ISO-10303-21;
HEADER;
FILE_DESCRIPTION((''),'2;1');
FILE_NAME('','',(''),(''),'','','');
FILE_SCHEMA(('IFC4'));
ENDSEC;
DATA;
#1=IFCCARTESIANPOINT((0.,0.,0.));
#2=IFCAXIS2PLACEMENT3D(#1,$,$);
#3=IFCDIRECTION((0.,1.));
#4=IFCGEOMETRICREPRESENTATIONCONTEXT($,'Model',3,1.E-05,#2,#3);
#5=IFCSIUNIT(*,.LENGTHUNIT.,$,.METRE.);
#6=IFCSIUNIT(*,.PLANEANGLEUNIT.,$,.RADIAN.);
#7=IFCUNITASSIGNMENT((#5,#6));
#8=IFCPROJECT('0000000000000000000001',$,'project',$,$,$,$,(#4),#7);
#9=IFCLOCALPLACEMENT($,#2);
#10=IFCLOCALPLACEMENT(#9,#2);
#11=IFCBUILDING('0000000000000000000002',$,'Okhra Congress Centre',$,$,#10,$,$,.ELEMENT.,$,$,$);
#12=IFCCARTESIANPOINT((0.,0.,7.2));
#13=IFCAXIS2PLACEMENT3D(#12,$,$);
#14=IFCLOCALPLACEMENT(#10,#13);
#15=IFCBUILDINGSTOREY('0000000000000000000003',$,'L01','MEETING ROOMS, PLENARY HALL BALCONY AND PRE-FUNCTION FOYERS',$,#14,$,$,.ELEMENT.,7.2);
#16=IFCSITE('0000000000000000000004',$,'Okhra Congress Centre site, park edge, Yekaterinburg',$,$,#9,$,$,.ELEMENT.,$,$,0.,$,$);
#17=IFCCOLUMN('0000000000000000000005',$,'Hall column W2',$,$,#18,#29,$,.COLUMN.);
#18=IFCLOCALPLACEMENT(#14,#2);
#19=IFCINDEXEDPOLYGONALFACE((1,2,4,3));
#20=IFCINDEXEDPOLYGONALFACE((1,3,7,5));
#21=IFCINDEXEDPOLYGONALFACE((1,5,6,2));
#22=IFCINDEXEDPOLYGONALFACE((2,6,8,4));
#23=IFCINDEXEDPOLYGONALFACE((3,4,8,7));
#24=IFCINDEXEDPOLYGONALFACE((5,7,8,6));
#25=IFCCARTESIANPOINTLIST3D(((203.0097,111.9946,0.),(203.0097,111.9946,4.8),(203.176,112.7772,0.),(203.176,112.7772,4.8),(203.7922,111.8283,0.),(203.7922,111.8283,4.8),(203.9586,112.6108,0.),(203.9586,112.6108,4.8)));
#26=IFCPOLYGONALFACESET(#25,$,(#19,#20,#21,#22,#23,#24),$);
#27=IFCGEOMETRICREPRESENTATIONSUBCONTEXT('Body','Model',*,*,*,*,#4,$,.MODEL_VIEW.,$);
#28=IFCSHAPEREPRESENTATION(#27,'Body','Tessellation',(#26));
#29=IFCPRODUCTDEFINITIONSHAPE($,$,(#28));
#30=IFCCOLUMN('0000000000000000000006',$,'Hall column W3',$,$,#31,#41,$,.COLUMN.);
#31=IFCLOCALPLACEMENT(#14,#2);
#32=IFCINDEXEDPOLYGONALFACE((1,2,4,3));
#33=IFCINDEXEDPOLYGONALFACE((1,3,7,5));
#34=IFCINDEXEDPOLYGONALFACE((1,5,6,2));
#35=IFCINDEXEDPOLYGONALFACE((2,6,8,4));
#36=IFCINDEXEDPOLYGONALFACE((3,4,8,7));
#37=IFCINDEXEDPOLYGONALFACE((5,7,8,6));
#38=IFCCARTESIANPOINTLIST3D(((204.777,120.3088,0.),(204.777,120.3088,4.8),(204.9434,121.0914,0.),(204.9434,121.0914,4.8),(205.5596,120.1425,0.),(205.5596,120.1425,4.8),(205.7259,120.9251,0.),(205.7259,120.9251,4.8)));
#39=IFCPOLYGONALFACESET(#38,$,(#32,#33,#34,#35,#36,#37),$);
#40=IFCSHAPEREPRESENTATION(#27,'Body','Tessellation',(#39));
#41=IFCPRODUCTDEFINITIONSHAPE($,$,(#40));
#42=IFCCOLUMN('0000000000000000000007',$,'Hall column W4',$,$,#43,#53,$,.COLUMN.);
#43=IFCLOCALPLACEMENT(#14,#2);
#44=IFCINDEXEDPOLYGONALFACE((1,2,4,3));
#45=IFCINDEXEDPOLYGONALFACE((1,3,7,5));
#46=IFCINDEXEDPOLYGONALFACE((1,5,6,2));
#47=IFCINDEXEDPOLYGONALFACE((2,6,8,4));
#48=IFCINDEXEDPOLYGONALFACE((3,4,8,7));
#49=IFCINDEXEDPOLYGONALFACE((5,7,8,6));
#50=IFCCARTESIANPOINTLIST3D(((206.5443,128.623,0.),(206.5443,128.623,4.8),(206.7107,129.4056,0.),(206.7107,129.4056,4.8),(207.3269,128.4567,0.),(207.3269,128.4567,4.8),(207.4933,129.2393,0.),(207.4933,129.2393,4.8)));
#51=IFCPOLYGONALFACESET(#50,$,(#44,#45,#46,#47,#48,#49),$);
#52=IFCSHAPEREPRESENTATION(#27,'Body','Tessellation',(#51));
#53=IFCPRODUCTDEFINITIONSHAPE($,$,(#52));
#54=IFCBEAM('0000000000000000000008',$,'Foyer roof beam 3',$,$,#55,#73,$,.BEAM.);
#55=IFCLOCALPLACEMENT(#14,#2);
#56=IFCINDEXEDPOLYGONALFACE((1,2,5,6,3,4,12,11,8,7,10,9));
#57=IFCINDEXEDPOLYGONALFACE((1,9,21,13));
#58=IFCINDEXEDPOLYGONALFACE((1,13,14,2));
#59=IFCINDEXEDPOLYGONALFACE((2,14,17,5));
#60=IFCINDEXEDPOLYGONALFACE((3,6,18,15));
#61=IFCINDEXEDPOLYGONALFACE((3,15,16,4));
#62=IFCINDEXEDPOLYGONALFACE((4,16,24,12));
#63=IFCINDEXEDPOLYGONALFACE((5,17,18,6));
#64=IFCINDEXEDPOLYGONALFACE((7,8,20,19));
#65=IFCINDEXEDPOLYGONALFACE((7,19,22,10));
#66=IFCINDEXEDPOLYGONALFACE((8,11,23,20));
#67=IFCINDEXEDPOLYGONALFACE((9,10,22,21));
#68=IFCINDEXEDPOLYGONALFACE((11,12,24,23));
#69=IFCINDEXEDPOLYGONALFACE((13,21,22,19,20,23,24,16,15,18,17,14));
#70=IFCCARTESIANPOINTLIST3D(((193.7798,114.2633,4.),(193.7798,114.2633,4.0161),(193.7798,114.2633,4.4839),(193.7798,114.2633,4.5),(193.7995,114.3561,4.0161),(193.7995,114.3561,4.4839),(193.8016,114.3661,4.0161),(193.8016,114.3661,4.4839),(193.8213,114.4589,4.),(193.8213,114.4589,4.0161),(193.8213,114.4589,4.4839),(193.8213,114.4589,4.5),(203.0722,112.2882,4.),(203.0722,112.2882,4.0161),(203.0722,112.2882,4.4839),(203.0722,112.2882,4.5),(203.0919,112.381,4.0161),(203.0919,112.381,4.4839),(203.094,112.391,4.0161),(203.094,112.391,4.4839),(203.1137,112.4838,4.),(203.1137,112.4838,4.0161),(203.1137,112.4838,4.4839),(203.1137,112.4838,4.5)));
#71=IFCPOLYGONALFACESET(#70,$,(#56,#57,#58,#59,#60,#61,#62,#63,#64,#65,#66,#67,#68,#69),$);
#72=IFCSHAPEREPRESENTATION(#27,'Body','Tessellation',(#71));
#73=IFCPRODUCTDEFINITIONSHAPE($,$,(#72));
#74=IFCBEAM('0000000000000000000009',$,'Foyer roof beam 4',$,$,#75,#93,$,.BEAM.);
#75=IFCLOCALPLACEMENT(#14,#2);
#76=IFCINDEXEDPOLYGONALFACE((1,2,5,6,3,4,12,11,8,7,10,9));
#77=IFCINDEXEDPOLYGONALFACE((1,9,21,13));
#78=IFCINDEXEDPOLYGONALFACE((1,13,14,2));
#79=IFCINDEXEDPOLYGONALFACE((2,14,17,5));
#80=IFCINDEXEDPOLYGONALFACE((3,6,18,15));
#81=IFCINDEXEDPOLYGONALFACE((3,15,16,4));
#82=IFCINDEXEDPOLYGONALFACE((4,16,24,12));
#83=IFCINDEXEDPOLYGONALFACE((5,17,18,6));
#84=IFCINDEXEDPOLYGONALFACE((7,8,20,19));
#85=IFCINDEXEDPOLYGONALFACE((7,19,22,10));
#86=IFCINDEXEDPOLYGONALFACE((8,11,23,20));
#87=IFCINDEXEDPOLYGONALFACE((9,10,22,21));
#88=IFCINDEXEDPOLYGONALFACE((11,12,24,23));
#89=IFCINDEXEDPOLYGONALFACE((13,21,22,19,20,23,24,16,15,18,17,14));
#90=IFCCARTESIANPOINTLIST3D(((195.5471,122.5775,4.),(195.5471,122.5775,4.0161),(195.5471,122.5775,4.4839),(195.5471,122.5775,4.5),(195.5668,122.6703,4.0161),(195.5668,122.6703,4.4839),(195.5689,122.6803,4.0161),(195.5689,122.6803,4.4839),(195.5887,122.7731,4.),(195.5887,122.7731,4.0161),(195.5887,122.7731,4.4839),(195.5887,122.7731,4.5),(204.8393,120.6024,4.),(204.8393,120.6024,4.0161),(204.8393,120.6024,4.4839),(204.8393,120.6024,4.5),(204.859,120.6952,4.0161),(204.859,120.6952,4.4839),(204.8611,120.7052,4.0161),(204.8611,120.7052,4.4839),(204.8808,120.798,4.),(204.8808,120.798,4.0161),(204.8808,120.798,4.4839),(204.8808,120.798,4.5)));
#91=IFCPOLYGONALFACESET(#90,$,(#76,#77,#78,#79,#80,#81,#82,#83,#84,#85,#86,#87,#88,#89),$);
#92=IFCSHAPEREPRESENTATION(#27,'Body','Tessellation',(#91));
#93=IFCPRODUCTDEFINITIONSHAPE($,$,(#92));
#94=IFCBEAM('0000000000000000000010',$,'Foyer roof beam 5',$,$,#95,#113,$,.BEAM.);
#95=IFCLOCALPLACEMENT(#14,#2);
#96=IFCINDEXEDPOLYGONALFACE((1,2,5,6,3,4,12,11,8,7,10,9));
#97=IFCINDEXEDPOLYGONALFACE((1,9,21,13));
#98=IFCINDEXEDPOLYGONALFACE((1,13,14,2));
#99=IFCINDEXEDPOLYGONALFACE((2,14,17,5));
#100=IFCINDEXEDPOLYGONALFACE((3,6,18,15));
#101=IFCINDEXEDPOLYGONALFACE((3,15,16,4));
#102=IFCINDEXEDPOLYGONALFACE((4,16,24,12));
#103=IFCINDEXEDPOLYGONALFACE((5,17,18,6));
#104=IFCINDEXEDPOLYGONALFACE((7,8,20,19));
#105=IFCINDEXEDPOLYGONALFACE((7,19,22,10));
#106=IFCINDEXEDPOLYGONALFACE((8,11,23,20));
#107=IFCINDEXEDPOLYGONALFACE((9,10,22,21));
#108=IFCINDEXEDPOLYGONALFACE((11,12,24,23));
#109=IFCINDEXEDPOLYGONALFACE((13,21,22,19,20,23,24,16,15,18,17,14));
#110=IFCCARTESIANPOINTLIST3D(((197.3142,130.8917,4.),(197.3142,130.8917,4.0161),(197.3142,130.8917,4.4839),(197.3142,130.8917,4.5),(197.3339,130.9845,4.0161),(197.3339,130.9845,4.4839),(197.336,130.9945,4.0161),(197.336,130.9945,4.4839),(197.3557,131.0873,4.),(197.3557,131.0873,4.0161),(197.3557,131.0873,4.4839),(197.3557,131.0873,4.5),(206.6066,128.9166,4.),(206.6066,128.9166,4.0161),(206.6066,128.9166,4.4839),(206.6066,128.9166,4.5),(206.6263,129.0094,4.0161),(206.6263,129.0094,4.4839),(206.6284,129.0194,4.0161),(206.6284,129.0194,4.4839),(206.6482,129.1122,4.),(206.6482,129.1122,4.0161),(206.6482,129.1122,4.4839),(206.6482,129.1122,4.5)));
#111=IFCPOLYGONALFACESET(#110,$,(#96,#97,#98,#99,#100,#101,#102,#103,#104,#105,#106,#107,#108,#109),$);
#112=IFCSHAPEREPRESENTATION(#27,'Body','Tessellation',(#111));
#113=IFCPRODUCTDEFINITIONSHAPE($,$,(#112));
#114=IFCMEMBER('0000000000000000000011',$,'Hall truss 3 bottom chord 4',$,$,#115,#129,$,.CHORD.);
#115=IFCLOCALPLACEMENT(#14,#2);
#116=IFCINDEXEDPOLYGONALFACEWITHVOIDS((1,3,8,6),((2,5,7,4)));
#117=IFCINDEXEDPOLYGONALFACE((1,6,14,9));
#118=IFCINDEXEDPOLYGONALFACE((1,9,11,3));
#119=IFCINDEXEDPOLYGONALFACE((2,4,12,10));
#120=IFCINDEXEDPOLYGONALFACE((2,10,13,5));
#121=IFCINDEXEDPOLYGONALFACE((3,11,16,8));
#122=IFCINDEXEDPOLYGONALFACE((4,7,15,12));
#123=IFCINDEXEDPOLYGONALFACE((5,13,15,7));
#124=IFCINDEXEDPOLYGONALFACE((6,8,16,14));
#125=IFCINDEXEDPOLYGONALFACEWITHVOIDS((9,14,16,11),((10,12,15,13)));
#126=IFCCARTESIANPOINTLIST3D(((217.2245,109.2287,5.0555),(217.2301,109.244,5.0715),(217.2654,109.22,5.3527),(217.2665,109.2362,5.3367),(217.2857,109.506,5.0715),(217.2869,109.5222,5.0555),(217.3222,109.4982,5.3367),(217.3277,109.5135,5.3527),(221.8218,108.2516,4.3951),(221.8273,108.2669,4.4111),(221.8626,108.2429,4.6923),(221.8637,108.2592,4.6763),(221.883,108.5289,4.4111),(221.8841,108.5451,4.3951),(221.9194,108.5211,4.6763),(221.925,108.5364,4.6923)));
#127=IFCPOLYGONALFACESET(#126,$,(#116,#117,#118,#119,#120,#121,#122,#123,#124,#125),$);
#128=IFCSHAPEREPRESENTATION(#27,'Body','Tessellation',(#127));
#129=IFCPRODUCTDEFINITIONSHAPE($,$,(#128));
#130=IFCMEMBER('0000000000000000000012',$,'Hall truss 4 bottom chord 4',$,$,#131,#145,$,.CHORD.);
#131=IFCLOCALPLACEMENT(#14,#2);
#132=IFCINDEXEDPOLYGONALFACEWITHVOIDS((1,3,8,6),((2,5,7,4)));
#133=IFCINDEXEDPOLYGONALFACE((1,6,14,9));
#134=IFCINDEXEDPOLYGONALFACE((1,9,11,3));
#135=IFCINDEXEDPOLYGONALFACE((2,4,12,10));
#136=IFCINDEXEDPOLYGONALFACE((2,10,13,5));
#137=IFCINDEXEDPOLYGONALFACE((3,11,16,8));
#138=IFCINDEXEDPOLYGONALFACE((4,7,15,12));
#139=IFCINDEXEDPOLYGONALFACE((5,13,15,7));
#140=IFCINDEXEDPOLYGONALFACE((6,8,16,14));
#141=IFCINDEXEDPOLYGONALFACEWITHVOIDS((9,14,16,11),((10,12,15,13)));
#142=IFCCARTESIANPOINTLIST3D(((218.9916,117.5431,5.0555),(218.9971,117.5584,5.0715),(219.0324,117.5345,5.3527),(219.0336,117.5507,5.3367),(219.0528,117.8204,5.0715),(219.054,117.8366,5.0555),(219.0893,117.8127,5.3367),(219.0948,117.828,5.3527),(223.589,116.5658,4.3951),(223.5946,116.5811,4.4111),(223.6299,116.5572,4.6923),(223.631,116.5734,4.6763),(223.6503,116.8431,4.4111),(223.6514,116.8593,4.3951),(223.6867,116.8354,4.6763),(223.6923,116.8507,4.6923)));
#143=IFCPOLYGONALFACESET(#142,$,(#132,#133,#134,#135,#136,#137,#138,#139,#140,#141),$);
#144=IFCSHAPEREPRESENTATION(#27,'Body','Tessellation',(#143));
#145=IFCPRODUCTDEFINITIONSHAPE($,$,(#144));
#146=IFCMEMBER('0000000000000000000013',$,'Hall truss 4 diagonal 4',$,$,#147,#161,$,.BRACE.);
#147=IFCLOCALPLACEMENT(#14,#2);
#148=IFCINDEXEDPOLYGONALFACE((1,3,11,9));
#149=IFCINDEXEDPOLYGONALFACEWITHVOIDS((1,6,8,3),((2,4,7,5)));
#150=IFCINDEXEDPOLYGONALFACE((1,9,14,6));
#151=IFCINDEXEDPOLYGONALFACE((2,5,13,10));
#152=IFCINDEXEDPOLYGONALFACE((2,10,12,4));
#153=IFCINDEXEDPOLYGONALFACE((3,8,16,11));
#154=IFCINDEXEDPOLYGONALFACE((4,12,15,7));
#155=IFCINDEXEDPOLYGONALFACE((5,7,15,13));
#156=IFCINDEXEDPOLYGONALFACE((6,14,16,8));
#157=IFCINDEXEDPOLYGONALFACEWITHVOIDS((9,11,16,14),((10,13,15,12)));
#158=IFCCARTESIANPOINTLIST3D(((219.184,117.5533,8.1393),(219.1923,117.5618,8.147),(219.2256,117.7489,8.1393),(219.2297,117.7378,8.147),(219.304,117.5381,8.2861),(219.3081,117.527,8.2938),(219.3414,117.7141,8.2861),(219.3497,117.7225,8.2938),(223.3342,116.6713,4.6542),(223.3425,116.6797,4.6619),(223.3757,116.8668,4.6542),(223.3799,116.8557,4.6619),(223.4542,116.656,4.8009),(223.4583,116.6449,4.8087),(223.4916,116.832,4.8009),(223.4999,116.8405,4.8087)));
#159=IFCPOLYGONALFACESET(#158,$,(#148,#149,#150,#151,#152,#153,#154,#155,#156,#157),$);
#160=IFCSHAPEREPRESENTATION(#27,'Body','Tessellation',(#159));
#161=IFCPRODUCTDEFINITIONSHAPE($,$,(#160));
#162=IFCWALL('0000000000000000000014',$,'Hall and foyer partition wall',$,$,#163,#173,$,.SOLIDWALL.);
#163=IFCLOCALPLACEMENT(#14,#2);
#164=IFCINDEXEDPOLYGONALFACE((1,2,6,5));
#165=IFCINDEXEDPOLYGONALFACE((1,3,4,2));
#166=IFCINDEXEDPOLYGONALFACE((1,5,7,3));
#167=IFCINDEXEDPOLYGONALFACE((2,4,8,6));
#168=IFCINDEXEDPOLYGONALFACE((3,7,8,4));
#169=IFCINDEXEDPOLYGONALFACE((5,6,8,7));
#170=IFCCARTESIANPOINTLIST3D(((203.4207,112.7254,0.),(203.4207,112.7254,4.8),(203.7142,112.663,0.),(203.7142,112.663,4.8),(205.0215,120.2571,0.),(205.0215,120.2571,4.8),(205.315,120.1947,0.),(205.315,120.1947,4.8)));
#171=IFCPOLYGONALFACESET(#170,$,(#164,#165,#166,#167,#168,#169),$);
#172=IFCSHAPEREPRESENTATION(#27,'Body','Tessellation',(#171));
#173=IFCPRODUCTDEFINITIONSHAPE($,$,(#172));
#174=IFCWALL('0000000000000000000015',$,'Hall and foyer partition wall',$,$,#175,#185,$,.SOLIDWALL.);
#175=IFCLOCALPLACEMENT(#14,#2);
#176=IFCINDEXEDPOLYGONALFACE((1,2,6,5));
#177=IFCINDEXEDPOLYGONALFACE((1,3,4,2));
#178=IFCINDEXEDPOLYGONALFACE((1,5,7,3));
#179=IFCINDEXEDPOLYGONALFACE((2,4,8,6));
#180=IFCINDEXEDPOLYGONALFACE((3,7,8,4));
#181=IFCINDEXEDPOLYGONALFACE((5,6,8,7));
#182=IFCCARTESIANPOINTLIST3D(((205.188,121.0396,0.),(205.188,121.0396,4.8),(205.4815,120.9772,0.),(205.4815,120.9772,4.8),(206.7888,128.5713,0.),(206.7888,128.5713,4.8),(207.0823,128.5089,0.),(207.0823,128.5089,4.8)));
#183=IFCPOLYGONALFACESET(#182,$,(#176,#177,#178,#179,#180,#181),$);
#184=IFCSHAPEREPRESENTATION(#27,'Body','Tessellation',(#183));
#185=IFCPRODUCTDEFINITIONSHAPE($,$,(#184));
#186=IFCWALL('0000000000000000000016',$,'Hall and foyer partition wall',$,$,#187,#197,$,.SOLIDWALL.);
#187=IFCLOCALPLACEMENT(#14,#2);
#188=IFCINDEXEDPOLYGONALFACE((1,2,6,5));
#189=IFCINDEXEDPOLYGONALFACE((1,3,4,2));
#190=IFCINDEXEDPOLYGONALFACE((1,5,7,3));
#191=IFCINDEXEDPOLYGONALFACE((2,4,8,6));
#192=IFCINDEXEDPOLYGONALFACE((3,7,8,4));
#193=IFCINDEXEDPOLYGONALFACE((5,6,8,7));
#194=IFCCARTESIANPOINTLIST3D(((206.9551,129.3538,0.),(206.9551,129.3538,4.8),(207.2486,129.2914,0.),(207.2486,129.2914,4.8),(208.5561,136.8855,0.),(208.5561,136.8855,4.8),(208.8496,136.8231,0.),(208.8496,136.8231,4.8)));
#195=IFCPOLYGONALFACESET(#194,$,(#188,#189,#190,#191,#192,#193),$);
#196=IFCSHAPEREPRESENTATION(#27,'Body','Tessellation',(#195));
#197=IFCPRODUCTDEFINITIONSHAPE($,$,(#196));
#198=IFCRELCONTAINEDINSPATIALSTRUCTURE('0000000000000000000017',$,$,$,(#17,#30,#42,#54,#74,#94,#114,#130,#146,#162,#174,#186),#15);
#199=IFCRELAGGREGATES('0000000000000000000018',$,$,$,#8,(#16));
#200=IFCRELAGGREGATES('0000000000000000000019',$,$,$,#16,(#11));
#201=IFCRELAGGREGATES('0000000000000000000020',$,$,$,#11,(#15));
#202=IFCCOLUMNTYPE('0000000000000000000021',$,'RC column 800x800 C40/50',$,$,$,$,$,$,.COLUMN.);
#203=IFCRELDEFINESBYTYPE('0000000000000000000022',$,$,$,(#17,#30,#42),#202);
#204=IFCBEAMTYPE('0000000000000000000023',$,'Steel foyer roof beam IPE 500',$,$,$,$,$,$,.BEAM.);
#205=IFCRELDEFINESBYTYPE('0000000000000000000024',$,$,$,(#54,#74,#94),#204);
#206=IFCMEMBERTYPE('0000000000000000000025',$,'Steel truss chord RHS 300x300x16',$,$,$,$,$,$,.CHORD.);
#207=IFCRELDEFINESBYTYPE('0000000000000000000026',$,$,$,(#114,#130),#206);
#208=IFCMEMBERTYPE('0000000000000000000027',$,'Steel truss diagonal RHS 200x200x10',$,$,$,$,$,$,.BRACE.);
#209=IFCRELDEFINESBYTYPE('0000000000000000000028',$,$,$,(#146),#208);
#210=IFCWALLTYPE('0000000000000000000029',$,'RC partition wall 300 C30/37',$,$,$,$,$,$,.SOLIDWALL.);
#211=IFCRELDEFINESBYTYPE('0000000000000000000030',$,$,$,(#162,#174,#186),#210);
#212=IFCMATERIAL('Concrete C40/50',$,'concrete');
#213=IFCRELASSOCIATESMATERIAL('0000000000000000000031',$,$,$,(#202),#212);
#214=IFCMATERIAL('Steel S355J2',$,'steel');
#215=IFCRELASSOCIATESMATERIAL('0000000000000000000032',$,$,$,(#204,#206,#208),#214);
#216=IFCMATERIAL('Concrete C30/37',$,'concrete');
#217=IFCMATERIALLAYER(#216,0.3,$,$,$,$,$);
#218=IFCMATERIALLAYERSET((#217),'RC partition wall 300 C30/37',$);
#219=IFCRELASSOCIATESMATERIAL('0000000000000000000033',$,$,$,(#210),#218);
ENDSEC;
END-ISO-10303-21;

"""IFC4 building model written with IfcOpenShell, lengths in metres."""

from ifc_helpers import new_model, si_unit, direction, frame, frame_2d, origin, origin_2d, place, context, subcontext, project, spatial, rectangle, hollow_rectangle, i_section, extrude, material, layer, layer_set, material_profile, profile_set, type_object, element, save


model = new_model("IFC4")

# Units and contexts
model_context = context("Model", 3, precision=1e-05, world=origin(), true_north=direction((0.0, 1.0)))
body_context = subcontext(model_context, "Body", "Model", "MODEL_VIEW")
ifc_project = project(units=[si_unit("LENGTHUNIT", "METRE"), si_unit("PLANEANGLEUNIT", "RADIAN")], contexts=[model_context])

# Site, building, storey
site_placement = place(None, origin())
site = spatial("IfcSite", under=ifc_project, at=site_placement, Name="Okhra Congress Centre site, park edge, Yekaterinburg", CompositionType="ELEMENT", RefElevation=0.0)
building_placement = place(site_placement, origin())
building = spatial("IfcBuilding", under=site, at=building_placement, Name="Okhra Congress Centre", CompositionType="ELEMENT")
storey_placement = place(building_placement, frame((0.0, 0.0, 7.2)))
storey = spatial("IfcBuildingStorey", under=building, at=storey_placement, Name="L01", Description="MEETING ROOMS, PLENARY HALL BALCONY AND PRE-FUNCTION FOYERS", CompositionType="ELEMENT", Elevation=7.2)

# Columns
ifc_material_1 = material(Name="Concrete C40/50", Category="concrete")
ifc_material_profile_1 = material_profile(ifc_material_1, rectangle(XDim=0.8, YDim=0.8, at=origin_2d()), Name="RC 800x800")
ifc_profile_set_1 = profile_set([ifc_material_profile_1], Name="Concrete C40/50")
column_type = type_object("IfcColumnType", Name="RC column 800x800 C40/50", PredefinedType="COLUMN", material=ifc_profile_set_1)
for number, where, z_axis, x_axis, name in (
    (1, (203.4841, 112.3027, 0.0), (0.0, 0.0, 1.0), (0.978148, -0.207912, 0.0), "Hall column W2"),
    (2, (205.2515, 120.6169, 0.0), (0.0, 0.0, 1.0), (0.978148, -0.207912, 0.0), "Hall column W3"),
    (3, (207.0188, 128.9312, 0.0), (0.0, 0.0, 1.0), (0.978148, -0.207912, 0.0), "Hall column W4"),
):
    element("IfcColumn", number, at=place(storey_placement, frame(where, z_axis=z_axis, x_axis=x_axis)), inside=storey, type_object=column_type, Name=name, PredefinedType="COLUMN", context=body_context, shape_type="SweptSolid", body=[
        extrude(rectangle(XDim=0.8, YDim=0.8, at=origin_2d()), origin(), (0.0, 0.0, 1.0), 4.8),
    ])

# Beams
ifc_material_2 = material(Name="Steel S355J2", Category="steel")
ifc_material_profile_2 = material_profile(ifc_material_2, i_section(OverallWidth=0.2, OverallDepth=0.5, WebThickness=0.0103, FlangeThickness=0.0161, at=origin_2d()), Name="IPE 500")
ifc_profile_set_2 = profile_set([ifc_material_profile_2], Name="Steel S355J2")
beam_type = type_object("IfcBeamType", Name="Steel foyer roof beam IPE 500", PredefinedType="BEAM", material=ifc_profile_set_2)
beam_1_placement = place(storey_placement, frame((193.8005, 114.3611, 4.25), z_axis=(0.978149, -0.207904, 0.0), x_axis=(0.207904, 0.978149, 0.0)))
element("IfcBeam", 4, at=beam_1_placement, inside=storey, type_object=beam_type, Name="Foyer roof beam 3", PredefinedType="BEAM", context=body_context, shape_type="SweptSolid", body=[
    extrude(i_section(OverallWidth=0.2, OverallDepth=0.5, WebThickness=0.0103, FlangeThickness=0.0161, at=origin_2d()), origin(), (0.0, 0.0, 1.0), 9.5),
])
beam_2_placement = place(storey_placement, frame((195.5679, 122.6753, 4.25), z_axis=(0.978148, -0.207909, 0.0), x_axis=(0.207909, 0.978148, 0.0)))
element("IfcBeam", 5, at=beam_2_placement, inside=storey, type_object=beam_type, Name="Foyer roof beam 4", PredefinedType="BEAM", context=body_context, shape_type="SweptSolid", body=[
    extrude(i_section(OverallWidth=0.2, OverallDepth=0.5, WebThickness=0.0103, FlangeThickness=0.0161, at=origin_2d()), origin(), (0.0, 0.0, 1.0), 9.4998),
])
beam_3_placement = place(storey_placement, frame((197.335, 130.9895, 4.25), z_axis=(0.978149, -0.207904, 0.0), x_axis=(0.207904, 0.978149, 0.0)))
element("IfcBeam", 6, at=beam_3_placement, inside=storey, type_object=beam_type, Name="Foyer roof beam 5", PredefinedType="BEAM", context=body_context, shape_type="SweptSolid", body=[
    extrude(i_section(OverallWidth=0.2, OverallDepth=0.5, WebThickness=0.0103, FlangeThickness=0.0161, at=origin_2d()), origin(), (0.0, 0.0, 1.0), 9.5),
])

# Members
ifc_material_profile_3 = material_profile(ifc_material_2, hollow_rectangle(XDim=0.3, YDim=0.3, WallThickness=0.0161, at=origin_2d()), Name="RHS 300x300x16")
ifc_profile_set_3 = profile_set([ifc_material_profile_3], Name="Steel S355J2")
member_type_1 = type_object("IfcMemberType", Name="Steel truss chord RHS 300x300x16", PredefinedType="CHORD", material=ifc_profile_set_3)
member_1_placement = place(storey_placement, frame((217.2761, 109.3711, 5.2041), z_axis=(0.968636, -0.205867, -0.139148), x_axis=(0.20789, 0.978152, 0.0)))
element("IfcMember", 7, at=member_1_placement, inside=storey, type_object=member_type_1, Name="Hall truss 3 bottom chord 4", PredefinedType="CHORD", context=body_context, shape_type="SweptSolid", body=[
    extrude(hollow_rectangle(XDim=0.3, YDim=0.3, WallThickness=0.0161, at=origin_2d()), origin(), (0.0, 0.0, 1.0), 4.7461),
])
member_2_placement = place(storey_placement, frame((219.0432, 117.6855, 5.2041), z_axis=(0.968629, -0.205906, -0.13914), x_axis=(0.207929, 0.978144, 0.0)))
element("IfcMember", 8, at=member_2_placement, inside=storey, type_object=member_type_1, Name="Hall truss 4 bottom chord 4", PredefinedType="CHORD", context=body_context, shape_type="SweptSolid", body=[
    extrude(hollow_rectangle(XDim=0.3, YDim=0.3, WallThickness=0.0161, at=origin_2d()), origin(), (0.0, 0.0, 1.0), 4.7463),
])
ifc_material_profile_4 = material_profile(ifc_material_2, hollow_rectangle(XDim=0.2, YDim=0.2, WallThickness=0.01, at=origin_2d()), Name="RHS 200x200x10 diagonal")
ifc_profile_set_4 = profile_set([ifc_material_profile_4], Name="Steel S355J2")
member_type_2 = type_object("IfcMemberType", Name="Steel truss diagonal RHS 200x200x10", PredefinedType="BRACE", material=ifc_profile_set_4)
member_3_placement = place(storey_placement, frame((219.2668, 117.6379, 8.2166), z_axis=(0.755851, -0.16065, -0.634729), x_axis=(0.207898, 0.978151, 0.0)))
element("IfcMember", 9, at=member_3_placement, inside=storey, type_object=member_type_2, Name="Hall truss 4 diagonal 4", PredefinedType="BRACE", context=body_context, shape_type="SweptSolid", body=[
    extrude(hollow_rectangle(XDim=0.2, YDim=0.2, WallThickness=0.01, at=origin_2d()), origin(), (0.0, 0.0, 1.0), 5.4907),
])

# Walls
ifc_material_3 = material(Name="Concrete C30/37", Category="concrete")
ifc_layer_1 = layer(ifc_material_3, 0.3)
ifc_layer_set_1 = layer_set([ifc_layer_1], Name="RC partition wall 300 C30/37")
wall_type_1 = type_object("IfcWallType", Name="RC partition wall 300 C30/37", PredefinedType="SOLIDWALL", material=ifc_layer_set_1)
for number, where, z_axis, x_axis, name in (
    (10, (203.5674, 112.6941, 0.0), (0.0, 0.0, 1.0), (0.2079, 0.97815, 0.0), "Hall and foyer partition wall"),
    (11, (205.3347, 121.0083, 0.0), (0.0, 0.0, 1.0), (0.2079, 0.97815, 0.0), "Hall and foyer partition wall"),
    (12, (207.1018, 129.3225, 0.0), (0.0, 0.0, 1.0), (0.207931, 0.978144, 0.0), "Hall and foyer partition wall"),
):
    element("IfcWall", number, at=place(storey_placement, frame(where, z_axis=z_axis, x_axis=x_axis)), inside=storey, type_object=wall_type_1, Name=name, PredefinedType="SOLIDWALL", context=body_context, shape_type="SweptSolid", body=[
        extrude(rectangle(XDim=7.7, YDim=0.3, at=frame_2d((3.8501, 0.0))), origin(), (0.0, 0.0, 1.0), 4.8),
    ])

save(model, "model.ifc")
